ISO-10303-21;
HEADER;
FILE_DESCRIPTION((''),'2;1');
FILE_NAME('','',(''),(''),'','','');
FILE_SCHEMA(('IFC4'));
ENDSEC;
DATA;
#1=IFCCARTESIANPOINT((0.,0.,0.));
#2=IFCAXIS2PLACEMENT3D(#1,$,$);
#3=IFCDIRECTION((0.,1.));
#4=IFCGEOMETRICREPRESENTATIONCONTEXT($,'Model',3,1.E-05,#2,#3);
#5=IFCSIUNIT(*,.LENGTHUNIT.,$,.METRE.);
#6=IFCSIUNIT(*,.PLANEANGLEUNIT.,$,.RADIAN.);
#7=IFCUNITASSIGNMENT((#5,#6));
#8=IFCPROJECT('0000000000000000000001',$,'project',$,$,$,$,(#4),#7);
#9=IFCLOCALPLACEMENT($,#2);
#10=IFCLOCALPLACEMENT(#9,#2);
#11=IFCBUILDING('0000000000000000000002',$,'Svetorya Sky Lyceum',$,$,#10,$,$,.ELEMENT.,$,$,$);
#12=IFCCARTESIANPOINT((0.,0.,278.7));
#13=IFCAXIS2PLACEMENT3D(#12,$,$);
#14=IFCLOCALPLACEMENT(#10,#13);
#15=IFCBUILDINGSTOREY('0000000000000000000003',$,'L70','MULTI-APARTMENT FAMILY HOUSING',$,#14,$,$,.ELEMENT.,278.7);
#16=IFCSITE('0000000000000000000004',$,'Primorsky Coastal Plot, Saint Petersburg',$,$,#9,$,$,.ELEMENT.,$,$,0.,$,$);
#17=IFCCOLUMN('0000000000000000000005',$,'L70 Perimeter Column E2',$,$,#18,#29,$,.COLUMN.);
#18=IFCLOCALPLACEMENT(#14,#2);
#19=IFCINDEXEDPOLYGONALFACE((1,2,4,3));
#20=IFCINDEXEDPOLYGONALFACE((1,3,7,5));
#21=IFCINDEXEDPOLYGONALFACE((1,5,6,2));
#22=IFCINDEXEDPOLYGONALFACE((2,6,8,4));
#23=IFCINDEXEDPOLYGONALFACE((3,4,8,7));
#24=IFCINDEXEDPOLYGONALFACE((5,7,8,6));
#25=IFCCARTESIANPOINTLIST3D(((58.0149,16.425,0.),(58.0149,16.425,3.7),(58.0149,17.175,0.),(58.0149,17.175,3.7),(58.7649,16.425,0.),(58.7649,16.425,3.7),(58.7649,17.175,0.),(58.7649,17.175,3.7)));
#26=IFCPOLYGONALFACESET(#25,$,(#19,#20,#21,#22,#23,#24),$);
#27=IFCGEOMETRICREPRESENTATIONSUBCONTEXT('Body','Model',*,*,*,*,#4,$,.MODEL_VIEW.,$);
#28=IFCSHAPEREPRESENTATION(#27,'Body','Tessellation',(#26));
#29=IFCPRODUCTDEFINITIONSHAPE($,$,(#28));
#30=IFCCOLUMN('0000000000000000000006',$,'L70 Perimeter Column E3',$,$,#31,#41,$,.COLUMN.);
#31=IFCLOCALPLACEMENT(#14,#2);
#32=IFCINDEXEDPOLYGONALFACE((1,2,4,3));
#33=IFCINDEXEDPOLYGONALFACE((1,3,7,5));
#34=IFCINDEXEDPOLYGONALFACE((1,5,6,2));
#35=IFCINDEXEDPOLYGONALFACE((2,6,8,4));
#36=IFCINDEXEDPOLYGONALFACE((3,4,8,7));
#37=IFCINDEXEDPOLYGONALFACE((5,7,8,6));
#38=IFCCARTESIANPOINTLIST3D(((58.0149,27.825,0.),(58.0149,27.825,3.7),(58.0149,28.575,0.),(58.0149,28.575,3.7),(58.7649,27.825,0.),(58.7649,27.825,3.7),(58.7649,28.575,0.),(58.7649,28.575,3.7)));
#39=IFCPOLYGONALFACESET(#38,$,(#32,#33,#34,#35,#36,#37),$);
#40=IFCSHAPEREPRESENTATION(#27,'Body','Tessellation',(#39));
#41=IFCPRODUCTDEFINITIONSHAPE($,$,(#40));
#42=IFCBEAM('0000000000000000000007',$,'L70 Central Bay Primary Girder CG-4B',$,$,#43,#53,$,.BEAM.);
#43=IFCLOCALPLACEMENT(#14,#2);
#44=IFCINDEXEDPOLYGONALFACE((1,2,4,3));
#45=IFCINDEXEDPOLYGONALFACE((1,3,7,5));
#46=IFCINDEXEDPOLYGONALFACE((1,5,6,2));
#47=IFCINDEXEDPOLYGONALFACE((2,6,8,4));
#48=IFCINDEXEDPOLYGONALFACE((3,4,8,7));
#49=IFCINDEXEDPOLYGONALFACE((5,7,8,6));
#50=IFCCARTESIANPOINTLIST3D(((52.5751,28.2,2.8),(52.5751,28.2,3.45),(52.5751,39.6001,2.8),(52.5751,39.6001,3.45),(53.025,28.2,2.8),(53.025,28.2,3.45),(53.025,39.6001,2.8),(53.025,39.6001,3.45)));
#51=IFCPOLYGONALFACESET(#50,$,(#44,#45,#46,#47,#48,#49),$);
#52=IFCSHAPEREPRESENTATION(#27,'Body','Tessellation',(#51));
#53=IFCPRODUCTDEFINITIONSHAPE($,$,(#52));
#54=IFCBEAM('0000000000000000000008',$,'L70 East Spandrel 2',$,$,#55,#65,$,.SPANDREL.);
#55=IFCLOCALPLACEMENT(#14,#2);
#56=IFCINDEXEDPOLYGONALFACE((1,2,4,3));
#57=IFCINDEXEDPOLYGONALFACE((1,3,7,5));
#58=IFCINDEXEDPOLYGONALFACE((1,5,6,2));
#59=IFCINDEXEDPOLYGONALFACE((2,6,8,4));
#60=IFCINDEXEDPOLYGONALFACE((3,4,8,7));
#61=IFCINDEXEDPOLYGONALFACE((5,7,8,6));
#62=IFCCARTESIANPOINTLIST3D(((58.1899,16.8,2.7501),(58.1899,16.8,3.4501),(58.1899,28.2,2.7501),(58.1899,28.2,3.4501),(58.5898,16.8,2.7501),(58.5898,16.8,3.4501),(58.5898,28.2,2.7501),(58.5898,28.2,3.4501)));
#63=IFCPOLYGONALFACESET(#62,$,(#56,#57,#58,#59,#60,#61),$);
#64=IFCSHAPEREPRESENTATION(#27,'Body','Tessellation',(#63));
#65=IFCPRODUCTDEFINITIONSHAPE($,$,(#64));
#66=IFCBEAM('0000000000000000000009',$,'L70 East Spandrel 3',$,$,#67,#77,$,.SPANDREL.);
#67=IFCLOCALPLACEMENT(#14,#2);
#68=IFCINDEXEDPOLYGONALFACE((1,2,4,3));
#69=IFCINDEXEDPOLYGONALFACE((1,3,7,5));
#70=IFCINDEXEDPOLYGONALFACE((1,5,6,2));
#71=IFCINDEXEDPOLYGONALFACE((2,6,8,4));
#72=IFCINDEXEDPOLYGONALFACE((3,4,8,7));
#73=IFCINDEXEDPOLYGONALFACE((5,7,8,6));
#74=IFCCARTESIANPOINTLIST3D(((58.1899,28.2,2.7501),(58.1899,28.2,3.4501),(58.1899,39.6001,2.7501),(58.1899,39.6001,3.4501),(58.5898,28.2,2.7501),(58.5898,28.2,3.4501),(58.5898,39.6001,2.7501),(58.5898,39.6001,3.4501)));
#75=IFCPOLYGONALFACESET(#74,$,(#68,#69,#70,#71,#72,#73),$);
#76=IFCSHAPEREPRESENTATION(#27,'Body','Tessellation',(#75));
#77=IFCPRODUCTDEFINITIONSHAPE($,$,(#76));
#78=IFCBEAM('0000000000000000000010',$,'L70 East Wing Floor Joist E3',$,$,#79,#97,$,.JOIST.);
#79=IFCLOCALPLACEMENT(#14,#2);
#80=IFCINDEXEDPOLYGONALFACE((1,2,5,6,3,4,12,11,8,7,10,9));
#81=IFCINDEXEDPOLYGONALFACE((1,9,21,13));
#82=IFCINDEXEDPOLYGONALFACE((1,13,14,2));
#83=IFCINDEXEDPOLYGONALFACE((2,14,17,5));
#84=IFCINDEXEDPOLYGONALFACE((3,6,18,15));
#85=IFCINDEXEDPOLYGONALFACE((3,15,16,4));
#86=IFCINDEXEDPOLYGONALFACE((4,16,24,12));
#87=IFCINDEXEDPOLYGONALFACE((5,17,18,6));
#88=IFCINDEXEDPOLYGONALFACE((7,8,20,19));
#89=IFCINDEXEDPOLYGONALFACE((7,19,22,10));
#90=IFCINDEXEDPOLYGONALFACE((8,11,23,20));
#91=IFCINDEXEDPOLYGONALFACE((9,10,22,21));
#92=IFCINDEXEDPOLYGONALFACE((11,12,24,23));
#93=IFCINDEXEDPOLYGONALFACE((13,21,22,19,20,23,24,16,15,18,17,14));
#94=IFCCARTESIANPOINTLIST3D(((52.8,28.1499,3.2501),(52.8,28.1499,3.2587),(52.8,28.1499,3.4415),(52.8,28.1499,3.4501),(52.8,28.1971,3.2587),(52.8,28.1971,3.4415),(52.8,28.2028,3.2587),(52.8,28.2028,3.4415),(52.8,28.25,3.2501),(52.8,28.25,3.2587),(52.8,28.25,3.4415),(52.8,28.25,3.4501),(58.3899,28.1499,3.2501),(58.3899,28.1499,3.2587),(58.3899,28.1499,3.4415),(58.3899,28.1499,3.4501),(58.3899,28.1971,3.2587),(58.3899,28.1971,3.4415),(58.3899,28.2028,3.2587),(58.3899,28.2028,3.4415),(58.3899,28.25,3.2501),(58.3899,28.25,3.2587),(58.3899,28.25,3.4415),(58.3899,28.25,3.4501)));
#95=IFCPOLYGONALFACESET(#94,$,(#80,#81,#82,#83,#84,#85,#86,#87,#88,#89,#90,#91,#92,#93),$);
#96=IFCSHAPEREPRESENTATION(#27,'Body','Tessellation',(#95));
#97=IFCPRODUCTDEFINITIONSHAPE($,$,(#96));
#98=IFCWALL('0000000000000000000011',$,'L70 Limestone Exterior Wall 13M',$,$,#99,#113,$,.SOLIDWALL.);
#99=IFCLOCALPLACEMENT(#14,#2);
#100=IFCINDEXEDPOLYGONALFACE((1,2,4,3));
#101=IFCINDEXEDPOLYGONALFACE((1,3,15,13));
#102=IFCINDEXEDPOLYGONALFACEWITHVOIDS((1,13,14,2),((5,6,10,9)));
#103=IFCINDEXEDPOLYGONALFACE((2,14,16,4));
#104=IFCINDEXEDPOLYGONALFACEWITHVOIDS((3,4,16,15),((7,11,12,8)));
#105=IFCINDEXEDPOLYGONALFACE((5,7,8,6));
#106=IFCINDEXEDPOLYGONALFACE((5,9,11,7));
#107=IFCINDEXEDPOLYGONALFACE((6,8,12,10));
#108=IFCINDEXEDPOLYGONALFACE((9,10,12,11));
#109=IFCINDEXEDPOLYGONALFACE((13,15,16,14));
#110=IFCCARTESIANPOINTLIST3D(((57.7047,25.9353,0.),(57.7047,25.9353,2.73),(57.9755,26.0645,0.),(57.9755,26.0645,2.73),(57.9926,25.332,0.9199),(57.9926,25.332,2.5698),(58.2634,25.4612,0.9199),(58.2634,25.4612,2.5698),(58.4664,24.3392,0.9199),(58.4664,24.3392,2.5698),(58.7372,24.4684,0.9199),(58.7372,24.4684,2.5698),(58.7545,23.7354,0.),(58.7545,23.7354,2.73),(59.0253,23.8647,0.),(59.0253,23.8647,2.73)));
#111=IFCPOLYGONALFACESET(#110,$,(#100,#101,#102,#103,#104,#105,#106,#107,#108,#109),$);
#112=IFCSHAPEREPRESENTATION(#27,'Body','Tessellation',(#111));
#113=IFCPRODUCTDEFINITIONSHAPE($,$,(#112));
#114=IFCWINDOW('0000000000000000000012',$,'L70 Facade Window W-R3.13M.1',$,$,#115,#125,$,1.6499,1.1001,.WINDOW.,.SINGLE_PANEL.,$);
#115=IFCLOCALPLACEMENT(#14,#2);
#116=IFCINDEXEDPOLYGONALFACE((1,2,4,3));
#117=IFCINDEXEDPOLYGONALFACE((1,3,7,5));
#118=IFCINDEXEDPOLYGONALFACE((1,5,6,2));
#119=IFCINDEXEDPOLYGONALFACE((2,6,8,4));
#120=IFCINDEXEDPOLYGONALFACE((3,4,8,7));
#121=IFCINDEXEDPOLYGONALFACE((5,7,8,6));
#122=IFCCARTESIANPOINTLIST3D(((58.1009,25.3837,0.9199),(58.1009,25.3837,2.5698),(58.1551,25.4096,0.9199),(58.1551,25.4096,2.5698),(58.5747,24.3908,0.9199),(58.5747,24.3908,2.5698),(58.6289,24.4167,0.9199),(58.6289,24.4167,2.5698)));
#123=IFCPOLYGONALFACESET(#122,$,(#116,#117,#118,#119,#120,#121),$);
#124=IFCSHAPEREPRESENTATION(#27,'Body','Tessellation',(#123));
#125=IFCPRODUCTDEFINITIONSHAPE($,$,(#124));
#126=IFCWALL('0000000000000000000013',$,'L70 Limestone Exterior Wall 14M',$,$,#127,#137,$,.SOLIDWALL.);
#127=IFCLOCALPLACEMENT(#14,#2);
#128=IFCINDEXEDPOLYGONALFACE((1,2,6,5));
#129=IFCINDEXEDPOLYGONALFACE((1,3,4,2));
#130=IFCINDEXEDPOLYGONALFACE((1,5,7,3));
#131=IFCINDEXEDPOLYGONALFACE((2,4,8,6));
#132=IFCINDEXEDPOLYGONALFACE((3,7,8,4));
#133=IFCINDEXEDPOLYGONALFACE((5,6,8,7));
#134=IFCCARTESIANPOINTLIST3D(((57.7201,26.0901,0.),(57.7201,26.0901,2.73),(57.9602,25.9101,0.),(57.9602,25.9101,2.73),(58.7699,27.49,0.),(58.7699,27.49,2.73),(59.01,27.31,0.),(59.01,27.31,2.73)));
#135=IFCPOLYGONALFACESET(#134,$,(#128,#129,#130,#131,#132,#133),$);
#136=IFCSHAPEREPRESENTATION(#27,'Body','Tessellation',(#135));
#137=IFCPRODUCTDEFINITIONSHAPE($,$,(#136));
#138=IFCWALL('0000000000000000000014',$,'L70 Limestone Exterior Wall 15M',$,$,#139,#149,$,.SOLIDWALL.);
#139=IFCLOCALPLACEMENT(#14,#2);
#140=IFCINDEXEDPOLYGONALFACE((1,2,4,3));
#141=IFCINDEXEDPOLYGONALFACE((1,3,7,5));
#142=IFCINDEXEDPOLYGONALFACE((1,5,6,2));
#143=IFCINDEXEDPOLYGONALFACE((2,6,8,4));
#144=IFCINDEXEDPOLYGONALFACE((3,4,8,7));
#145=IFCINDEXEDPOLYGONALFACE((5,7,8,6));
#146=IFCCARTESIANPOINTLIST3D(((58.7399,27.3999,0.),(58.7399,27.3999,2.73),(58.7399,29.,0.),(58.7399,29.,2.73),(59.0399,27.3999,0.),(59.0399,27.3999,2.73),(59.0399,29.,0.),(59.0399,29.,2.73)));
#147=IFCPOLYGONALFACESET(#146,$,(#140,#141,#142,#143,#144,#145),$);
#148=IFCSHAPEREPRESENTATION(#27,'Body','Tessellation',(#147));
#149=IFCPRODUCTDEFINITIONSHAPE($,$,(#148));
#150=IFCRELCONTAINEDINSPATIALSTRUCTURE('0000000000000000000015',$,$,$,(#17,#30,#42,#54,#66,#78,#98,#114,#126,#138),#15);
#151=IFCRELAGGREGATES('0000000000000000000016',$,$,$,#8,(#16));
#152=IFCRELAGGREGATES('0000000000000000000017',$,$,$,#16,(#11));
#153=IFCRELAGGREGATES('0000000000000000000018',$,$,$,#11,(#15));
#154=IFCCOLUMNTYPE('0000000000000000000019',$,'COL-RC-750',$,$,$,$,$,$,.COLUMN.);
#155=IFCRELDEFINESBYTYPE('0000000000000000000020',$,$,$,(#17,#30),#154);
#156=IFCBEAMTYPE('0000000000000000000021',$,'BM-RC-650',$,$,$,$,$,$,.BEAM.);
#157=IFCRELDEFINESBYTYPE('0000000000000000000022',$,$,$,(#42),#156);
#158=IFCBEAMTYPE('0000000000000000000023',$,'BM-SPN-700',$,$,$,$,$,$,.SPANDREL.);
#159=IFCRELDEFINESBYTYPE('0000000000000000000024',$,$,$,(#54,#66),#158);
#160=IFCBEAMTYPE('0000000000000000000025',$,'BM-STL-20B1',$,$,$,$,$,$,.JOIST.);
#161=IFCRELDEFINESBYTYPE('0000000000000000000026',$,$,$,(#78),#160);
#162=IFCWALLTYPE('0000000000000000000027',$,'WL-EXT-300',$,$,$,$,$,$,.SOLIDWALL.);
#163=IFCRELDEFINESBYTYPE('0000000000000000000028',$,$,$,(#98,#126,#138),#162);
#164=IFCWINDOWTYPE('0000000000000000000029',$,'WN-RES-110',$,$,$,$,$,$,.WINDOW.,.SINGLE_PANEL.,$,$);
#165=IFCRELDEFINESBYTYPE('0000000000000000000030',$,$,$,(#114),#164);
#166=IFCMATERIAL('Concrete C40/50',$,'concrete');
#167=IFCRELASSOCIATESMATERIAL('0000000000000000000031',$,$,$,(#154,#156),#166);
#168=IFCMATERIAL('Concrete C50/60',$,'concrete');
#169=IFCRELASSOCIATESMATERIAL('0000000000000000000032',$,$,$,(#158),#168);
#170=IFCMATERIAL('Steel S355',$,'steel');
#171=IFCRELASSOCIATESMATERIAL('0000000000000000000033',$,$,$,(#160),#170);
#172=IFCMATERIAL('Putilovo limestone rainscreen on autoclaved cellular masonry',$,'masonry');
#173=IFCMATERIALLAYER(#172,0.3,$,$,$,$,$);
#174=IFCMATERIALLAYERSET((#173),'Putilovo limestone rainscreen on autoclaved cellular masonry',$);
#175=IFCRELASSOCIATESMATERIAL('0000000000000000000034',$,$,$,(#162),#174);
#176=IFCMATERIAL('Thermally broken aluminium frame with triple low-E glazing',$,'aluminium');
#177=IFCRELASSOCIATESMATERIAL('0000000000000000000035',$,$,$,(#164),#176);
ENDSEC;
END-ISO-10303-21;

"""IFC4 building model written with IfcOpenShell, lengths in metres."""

from ifc_helpers import new_model, si_unit, direction, frame, frame_2d, origin, origin_2d, place, context, subcontext, project, spatial, rectangle, i_section, extrude, material, layer, layer_set, material_profile, profile_set, type_object, element, fill, save


model = new_model("IFC4")

# Units and contexts
model_context = context("Model", 3, precision=1e-05, world=origin(), true_north=direction((0.0, 1.0)))
body_context = subcontext(model_context, "Body", "Model", "MODEL_VIEW")
ifc_project = project(units=[si_unit("LENGTHUNIT", "METRE"), si_unit("PLANEANGLEUNIT", "RADIAN")], contexts=[model_context])

# Site, building, storey
site_placement = place(None, origin())
site = spatial("IfcSite", under=ifc_project, at=site_placement, Name="Primorsky Coastal Plot, Saint Petersburg", CompositionType="ELEMENT", RefElevation=0.0)
building_placement = place(site_placement, origin())
building = spatial("IfcBuilding", under=site, at=building_placement, Name="Svetorya Sky Lyceum", CompositionType="ELEMENT")
storey_placement = place(building_placement, frame((0.0, 0.0, 278.7)))
storey = spatial("IfcBuildingStorey", under=building, at=storey_placement, Name="L70", Description="MULTI-APARTMENT FAMILY HOUSING", CompositionType="ELEMENT", Elevation=278.7)

# Columns
ifc_material_1 = material(Name="Concrete C40/50", Category="concrete")
ifc_material_profile_1 = material_profile(ifc_material_1, rectangle(XDim=0.75, YDim=0.75, at=origin_2d()), Name="RC COL 750x750")
ifc_profile_set_1 = profile_set([ifc_material_profile_1], Name="Concrete C40/50")
column_type = type_object("IfcColumnType", Name="COL-RC-750", PredefinedType="COLUMN", material=ifc_profile_set_1)
for number, where, z_axis, x_axis, name in (
    (1, (58.3899, 16.8, 0.0), (0.0, 0.0, 1.0), (1.0, 0.0, 0.0), "L70 Perimeter Column E2"),
    (2, (58.3899, 28.2, 0.0), (0.0, 0.0, 1.0), (1.0, 0.0, 0.0), "L70 Perimeter Column E3"),
):
    element("IfcColumn", number, at=place(storey_placement, frame(where, z_axis=z_axis, x_axis=x_axis)), inside=storey, type_object=column_type, Name=name, PredefinedType="COLUMN", context=body_context, shape_type="SweptSolid", body=[
        extrude(rectangle(XDim=0.75, YDim=0.75, at=origin_2d()), origin(), (0.0, 0.0, 1.0), 3.7),
    ])

# Beams
ifc_material_profile_2 = material_profile(ifc_material_1, rectangle(XDim=0.45, YDim=0.6499, at=origin_2d()), Name="RC BEAM 450x650")
ifc_profile_set_2 = profile_set([ifc_material_profile_2], Name="Concrete C40/50")
beam_type_1 = type_object("IfcBeamType", Name="BM-RC-650", PredefinedType="BEAM", material=ifc_profile_set_2)
beam_1_placement = place(storey_placement, frame((52.8, 28.2, 3.125), z_axis=(0.0, 1.0, 0.0), x_axis=(-1.0, 0.0, 0.0)))
element("IfcBeam", 3, at=beam_1_placement, inside=storey, type_object=beam_type_1, Name="L70 Central Bay Primary Girder CG-4B", PredefinedType="BEAM", context=body_context, shape_type="SweptSolid", body=[
    extrude(rectangle(XDim=0.45, YDim=0.6499, at=origin_2d()), origin(), (0.0, 0.0, 1.0), 11.4001),
])
ifc_material_2 = material(Name="Concrete C50/60", Category="concrete")
ifc_material_profile_3 = material_profile(ifc_material_2, rectangle(XDim=0.3999, YDim=0.7, at=origin_2d()), Name="RC SPANDREL 400x700")
ifc_profile_set_3 = profile_set([ifc_material_profile_3], Name="Concrete C50/60")
beam_type_2 = type_object("IfcBeamType", Name="BM-SPN-700", PredefinedType="SPANDREL", material=ifc_profile_set_3)
beam_2_placement = place(storey_placement, frame((58.3899, 16.8, 3.1001), z_axis=(0.0, 1.0, 0.0), x_axis=(-1.0, 0.0, 0.0)))
element("IfcBeam", 4, at=beam_2_placement, inside=storey, type_object=beam_type_2, Name="L70 East Spandrel 2", PredefinedType="SPANDREL", context=body_context, shape_type="SweptSolid", body=[
    extrude(rectangle(XDim=0.3999, YDim=0.7, at=origin_2d()), origin(), (0.0, 0.0, 1.0), 11.3999),
])
beam_3_placement = place(storey_placement, frame((58.3899, 28.2, 3.1001), z_axis=(0.0, 1.0, 0.0), x_axis=(-1.0, 0.0, 0.0)))
element("IfcBeam", 5, at=beam_3_placement, inside=storey, type_object=beam_type_2, Name="L70 East Spandrel 3", PredefinedType="SPANDREL", context=body_context, shape_type="SweptSolid", body=[
    extrude(rectangle(XDim=0.3999, YDim=0.7, at=origin_2d()), origin(), (0.0, 0.0, 1.0), 11.4001),
])
ifc_material_3 = material(Name="Steel S355", Category="steel")
ifc_material_profile_4 = material_profile(ifc_material_3, i_section(OverallWidth=0.1001, OverallDepth=0.2, WebThickness=0.0056, FlangeThickness=0.0085, at=origin_2d()), Name="GOST 20B1")
ifc_profile_set_4 = profile_set([ifc_material_profile_4], Name="Steel S355")
beam_type_3 = type_object("IfcBeamType", Name="BM-STL-20B1", PredefinedType="JOIST", material=ifc_profile_set_4)
beam_4_placement = place(storey_placement, frame((52.8, 28.2, 3.3501), z_axis=(1.0, 0.0, 0.0), x_axis=(0.0, 1.0, 0.0)))
element("IfcBeam", 6, at=beam_4_placement, inside=storey, type_object=beam_type_3, Name="L70 East Wing Floor Joist E3", PredefinedType="JOIST", context=body_context, shape_type="SweptSolid", body=[
    extrude(i_section(OverallWidth=0.1001, OverallDepth=0.2, WebThickness=0.0056, FlangeThickness=0.0085, at=origin_2d()), origin(), (0.0, 0.0, 1.0), 5.5898),
])

# Wall, opening, window
ifc_material_4 = material(Name="Putilovo limestone rainscreen on autoclaved cellular masonry", Category="masonry")
ifc_layer_1 = layer(ifc_material_4, 0.3)
ifc_layer_set_1 = layer_set([ifc_layer_1], Name="Putilovo limestone rainscreen on autoclaved cellular masonry")
wall_type_1 = type_object("IfcWallType", Name="WL-EXT-300", PredefinedType="SOLIDWALL", material=ifc_layer_set_1)
wall_1_placement = place(storey_placement, frame((58.8899, 23.8, 0.0), z_axis=(0.0, 0.0, 1.0), x_axis=(-0.430672, 0.902508, 0.0)))
wall_1 = element("IfcWall", 7, at=wall_1_placement, inside=storey, type_object=wall_type_1, Name="L70 Limestone Exterior Wall 13M", PredefinedType="SOLIDWALL", context=body_context, shape_type="SweptSolid", body=[
    extrude(rectangle(XDim=2.4375, YDim=0.3, at=frame_2d((1.2188, 0.0))), origin(), (0.0, 0.0, 1.0), 2.73),
])
opening_1_placement = place(wall_1_placement, frame((0.6689, 0.0, 0.9199)))
opening_1 = element("IfcOpeningElement", 8, at=opening_1_placement, cuts=wall_1, PredefinedType="OPENING", context=body_context, shape_type="SweptSolid", body=[
    extrude(rectangle(XDim=1.1001, YDim=1.6499, at=frame_2d((0.55, 0.825))), frame((0.0, 0.1599, 0.0), z_axis=(0.0, -1.0, 0.0), x_axis=(1.0, 0.0, 0.0)), (0.0, 0.0, 1.0), 0.3201),
])
ifc_material_5 = material(Name="Thermally broken aluminium frame with triple low-E glazing", Category="aluminium")
window_type = type_object("IfcWindowType", Name="WN-RES-110", PartitioningType="SINGLE_PANEL", PredefinedType="WINDOW", material=ifc_material_5)
window_placement = place(opening_1_placement, origin())
window = element("IfcWindow", 9, at=window_placement, inside=storey, type_object=window_type, Name="L70 Facade Window W-R3.13M.1", OverallHeight=1.6499, OverallWidth=1.1001, PartitioningType="SINGLE_PANEL", PredefinedType="WINDOW", context=body_context, shape_type="SweptSolid", body=[
    extrude(rectangle(XDim=1.1001, YDim=1.6499, at=frame_2d((0.55, 0.825))), frame((0.0, 0.03, 0.0), z_axis=(0.0, -1.0, 0.0), x_axis=(1.0, 0.0, 0.0)), (0.0, 0.0, 1.0), 0.0601),
])
fill(opening_1, window)

# Walls
wall_2_placement = place(storey_placement, frame((57.8401, 26.0, 0.0), z_axis=(0.0, 0.0, 1.0), x_axis=(0.599955, 0.800033, 0.0)))
element("IfcWall", 10, at=wall_2_placement, inside=storey, type_object=wall_type_1, Name="L70 Limestone Exterior Wall 14M", PredefinedType="SOLIDWALL", context=body_context, shape_type="SweptSolid", body=[
    extrude(rectangle(XDim=1.7498, YDim=0.3, at=frame_2d((0.875, 0.0))), origin(), (0.0, 0.0, 1.0), 2.73),
])
wall_3_placement = place(storey_placement, frame((58.8899, 27.3999, 0.0), z_axis=(0.0, 0.0, 1.0), x_axis=(0.0, 1.0, 0.0)))
element("IfcWall", 11, at=wall_3_placement, inside=storey, type_object=wall_type_1, Name="L70 Limestone Exterior Wall 15M", PredefinedType="SOLIDWALL", context=body_context, shape_type="SweptSolid", body=[
    extrude(rectangle(XDim=1.6001, YDim=0.3, at=frame_2d((0.8, 0.0))), origin(), (0.0, 0.0, 1.0), 2.73),
])

save(model, "model.ifc")
